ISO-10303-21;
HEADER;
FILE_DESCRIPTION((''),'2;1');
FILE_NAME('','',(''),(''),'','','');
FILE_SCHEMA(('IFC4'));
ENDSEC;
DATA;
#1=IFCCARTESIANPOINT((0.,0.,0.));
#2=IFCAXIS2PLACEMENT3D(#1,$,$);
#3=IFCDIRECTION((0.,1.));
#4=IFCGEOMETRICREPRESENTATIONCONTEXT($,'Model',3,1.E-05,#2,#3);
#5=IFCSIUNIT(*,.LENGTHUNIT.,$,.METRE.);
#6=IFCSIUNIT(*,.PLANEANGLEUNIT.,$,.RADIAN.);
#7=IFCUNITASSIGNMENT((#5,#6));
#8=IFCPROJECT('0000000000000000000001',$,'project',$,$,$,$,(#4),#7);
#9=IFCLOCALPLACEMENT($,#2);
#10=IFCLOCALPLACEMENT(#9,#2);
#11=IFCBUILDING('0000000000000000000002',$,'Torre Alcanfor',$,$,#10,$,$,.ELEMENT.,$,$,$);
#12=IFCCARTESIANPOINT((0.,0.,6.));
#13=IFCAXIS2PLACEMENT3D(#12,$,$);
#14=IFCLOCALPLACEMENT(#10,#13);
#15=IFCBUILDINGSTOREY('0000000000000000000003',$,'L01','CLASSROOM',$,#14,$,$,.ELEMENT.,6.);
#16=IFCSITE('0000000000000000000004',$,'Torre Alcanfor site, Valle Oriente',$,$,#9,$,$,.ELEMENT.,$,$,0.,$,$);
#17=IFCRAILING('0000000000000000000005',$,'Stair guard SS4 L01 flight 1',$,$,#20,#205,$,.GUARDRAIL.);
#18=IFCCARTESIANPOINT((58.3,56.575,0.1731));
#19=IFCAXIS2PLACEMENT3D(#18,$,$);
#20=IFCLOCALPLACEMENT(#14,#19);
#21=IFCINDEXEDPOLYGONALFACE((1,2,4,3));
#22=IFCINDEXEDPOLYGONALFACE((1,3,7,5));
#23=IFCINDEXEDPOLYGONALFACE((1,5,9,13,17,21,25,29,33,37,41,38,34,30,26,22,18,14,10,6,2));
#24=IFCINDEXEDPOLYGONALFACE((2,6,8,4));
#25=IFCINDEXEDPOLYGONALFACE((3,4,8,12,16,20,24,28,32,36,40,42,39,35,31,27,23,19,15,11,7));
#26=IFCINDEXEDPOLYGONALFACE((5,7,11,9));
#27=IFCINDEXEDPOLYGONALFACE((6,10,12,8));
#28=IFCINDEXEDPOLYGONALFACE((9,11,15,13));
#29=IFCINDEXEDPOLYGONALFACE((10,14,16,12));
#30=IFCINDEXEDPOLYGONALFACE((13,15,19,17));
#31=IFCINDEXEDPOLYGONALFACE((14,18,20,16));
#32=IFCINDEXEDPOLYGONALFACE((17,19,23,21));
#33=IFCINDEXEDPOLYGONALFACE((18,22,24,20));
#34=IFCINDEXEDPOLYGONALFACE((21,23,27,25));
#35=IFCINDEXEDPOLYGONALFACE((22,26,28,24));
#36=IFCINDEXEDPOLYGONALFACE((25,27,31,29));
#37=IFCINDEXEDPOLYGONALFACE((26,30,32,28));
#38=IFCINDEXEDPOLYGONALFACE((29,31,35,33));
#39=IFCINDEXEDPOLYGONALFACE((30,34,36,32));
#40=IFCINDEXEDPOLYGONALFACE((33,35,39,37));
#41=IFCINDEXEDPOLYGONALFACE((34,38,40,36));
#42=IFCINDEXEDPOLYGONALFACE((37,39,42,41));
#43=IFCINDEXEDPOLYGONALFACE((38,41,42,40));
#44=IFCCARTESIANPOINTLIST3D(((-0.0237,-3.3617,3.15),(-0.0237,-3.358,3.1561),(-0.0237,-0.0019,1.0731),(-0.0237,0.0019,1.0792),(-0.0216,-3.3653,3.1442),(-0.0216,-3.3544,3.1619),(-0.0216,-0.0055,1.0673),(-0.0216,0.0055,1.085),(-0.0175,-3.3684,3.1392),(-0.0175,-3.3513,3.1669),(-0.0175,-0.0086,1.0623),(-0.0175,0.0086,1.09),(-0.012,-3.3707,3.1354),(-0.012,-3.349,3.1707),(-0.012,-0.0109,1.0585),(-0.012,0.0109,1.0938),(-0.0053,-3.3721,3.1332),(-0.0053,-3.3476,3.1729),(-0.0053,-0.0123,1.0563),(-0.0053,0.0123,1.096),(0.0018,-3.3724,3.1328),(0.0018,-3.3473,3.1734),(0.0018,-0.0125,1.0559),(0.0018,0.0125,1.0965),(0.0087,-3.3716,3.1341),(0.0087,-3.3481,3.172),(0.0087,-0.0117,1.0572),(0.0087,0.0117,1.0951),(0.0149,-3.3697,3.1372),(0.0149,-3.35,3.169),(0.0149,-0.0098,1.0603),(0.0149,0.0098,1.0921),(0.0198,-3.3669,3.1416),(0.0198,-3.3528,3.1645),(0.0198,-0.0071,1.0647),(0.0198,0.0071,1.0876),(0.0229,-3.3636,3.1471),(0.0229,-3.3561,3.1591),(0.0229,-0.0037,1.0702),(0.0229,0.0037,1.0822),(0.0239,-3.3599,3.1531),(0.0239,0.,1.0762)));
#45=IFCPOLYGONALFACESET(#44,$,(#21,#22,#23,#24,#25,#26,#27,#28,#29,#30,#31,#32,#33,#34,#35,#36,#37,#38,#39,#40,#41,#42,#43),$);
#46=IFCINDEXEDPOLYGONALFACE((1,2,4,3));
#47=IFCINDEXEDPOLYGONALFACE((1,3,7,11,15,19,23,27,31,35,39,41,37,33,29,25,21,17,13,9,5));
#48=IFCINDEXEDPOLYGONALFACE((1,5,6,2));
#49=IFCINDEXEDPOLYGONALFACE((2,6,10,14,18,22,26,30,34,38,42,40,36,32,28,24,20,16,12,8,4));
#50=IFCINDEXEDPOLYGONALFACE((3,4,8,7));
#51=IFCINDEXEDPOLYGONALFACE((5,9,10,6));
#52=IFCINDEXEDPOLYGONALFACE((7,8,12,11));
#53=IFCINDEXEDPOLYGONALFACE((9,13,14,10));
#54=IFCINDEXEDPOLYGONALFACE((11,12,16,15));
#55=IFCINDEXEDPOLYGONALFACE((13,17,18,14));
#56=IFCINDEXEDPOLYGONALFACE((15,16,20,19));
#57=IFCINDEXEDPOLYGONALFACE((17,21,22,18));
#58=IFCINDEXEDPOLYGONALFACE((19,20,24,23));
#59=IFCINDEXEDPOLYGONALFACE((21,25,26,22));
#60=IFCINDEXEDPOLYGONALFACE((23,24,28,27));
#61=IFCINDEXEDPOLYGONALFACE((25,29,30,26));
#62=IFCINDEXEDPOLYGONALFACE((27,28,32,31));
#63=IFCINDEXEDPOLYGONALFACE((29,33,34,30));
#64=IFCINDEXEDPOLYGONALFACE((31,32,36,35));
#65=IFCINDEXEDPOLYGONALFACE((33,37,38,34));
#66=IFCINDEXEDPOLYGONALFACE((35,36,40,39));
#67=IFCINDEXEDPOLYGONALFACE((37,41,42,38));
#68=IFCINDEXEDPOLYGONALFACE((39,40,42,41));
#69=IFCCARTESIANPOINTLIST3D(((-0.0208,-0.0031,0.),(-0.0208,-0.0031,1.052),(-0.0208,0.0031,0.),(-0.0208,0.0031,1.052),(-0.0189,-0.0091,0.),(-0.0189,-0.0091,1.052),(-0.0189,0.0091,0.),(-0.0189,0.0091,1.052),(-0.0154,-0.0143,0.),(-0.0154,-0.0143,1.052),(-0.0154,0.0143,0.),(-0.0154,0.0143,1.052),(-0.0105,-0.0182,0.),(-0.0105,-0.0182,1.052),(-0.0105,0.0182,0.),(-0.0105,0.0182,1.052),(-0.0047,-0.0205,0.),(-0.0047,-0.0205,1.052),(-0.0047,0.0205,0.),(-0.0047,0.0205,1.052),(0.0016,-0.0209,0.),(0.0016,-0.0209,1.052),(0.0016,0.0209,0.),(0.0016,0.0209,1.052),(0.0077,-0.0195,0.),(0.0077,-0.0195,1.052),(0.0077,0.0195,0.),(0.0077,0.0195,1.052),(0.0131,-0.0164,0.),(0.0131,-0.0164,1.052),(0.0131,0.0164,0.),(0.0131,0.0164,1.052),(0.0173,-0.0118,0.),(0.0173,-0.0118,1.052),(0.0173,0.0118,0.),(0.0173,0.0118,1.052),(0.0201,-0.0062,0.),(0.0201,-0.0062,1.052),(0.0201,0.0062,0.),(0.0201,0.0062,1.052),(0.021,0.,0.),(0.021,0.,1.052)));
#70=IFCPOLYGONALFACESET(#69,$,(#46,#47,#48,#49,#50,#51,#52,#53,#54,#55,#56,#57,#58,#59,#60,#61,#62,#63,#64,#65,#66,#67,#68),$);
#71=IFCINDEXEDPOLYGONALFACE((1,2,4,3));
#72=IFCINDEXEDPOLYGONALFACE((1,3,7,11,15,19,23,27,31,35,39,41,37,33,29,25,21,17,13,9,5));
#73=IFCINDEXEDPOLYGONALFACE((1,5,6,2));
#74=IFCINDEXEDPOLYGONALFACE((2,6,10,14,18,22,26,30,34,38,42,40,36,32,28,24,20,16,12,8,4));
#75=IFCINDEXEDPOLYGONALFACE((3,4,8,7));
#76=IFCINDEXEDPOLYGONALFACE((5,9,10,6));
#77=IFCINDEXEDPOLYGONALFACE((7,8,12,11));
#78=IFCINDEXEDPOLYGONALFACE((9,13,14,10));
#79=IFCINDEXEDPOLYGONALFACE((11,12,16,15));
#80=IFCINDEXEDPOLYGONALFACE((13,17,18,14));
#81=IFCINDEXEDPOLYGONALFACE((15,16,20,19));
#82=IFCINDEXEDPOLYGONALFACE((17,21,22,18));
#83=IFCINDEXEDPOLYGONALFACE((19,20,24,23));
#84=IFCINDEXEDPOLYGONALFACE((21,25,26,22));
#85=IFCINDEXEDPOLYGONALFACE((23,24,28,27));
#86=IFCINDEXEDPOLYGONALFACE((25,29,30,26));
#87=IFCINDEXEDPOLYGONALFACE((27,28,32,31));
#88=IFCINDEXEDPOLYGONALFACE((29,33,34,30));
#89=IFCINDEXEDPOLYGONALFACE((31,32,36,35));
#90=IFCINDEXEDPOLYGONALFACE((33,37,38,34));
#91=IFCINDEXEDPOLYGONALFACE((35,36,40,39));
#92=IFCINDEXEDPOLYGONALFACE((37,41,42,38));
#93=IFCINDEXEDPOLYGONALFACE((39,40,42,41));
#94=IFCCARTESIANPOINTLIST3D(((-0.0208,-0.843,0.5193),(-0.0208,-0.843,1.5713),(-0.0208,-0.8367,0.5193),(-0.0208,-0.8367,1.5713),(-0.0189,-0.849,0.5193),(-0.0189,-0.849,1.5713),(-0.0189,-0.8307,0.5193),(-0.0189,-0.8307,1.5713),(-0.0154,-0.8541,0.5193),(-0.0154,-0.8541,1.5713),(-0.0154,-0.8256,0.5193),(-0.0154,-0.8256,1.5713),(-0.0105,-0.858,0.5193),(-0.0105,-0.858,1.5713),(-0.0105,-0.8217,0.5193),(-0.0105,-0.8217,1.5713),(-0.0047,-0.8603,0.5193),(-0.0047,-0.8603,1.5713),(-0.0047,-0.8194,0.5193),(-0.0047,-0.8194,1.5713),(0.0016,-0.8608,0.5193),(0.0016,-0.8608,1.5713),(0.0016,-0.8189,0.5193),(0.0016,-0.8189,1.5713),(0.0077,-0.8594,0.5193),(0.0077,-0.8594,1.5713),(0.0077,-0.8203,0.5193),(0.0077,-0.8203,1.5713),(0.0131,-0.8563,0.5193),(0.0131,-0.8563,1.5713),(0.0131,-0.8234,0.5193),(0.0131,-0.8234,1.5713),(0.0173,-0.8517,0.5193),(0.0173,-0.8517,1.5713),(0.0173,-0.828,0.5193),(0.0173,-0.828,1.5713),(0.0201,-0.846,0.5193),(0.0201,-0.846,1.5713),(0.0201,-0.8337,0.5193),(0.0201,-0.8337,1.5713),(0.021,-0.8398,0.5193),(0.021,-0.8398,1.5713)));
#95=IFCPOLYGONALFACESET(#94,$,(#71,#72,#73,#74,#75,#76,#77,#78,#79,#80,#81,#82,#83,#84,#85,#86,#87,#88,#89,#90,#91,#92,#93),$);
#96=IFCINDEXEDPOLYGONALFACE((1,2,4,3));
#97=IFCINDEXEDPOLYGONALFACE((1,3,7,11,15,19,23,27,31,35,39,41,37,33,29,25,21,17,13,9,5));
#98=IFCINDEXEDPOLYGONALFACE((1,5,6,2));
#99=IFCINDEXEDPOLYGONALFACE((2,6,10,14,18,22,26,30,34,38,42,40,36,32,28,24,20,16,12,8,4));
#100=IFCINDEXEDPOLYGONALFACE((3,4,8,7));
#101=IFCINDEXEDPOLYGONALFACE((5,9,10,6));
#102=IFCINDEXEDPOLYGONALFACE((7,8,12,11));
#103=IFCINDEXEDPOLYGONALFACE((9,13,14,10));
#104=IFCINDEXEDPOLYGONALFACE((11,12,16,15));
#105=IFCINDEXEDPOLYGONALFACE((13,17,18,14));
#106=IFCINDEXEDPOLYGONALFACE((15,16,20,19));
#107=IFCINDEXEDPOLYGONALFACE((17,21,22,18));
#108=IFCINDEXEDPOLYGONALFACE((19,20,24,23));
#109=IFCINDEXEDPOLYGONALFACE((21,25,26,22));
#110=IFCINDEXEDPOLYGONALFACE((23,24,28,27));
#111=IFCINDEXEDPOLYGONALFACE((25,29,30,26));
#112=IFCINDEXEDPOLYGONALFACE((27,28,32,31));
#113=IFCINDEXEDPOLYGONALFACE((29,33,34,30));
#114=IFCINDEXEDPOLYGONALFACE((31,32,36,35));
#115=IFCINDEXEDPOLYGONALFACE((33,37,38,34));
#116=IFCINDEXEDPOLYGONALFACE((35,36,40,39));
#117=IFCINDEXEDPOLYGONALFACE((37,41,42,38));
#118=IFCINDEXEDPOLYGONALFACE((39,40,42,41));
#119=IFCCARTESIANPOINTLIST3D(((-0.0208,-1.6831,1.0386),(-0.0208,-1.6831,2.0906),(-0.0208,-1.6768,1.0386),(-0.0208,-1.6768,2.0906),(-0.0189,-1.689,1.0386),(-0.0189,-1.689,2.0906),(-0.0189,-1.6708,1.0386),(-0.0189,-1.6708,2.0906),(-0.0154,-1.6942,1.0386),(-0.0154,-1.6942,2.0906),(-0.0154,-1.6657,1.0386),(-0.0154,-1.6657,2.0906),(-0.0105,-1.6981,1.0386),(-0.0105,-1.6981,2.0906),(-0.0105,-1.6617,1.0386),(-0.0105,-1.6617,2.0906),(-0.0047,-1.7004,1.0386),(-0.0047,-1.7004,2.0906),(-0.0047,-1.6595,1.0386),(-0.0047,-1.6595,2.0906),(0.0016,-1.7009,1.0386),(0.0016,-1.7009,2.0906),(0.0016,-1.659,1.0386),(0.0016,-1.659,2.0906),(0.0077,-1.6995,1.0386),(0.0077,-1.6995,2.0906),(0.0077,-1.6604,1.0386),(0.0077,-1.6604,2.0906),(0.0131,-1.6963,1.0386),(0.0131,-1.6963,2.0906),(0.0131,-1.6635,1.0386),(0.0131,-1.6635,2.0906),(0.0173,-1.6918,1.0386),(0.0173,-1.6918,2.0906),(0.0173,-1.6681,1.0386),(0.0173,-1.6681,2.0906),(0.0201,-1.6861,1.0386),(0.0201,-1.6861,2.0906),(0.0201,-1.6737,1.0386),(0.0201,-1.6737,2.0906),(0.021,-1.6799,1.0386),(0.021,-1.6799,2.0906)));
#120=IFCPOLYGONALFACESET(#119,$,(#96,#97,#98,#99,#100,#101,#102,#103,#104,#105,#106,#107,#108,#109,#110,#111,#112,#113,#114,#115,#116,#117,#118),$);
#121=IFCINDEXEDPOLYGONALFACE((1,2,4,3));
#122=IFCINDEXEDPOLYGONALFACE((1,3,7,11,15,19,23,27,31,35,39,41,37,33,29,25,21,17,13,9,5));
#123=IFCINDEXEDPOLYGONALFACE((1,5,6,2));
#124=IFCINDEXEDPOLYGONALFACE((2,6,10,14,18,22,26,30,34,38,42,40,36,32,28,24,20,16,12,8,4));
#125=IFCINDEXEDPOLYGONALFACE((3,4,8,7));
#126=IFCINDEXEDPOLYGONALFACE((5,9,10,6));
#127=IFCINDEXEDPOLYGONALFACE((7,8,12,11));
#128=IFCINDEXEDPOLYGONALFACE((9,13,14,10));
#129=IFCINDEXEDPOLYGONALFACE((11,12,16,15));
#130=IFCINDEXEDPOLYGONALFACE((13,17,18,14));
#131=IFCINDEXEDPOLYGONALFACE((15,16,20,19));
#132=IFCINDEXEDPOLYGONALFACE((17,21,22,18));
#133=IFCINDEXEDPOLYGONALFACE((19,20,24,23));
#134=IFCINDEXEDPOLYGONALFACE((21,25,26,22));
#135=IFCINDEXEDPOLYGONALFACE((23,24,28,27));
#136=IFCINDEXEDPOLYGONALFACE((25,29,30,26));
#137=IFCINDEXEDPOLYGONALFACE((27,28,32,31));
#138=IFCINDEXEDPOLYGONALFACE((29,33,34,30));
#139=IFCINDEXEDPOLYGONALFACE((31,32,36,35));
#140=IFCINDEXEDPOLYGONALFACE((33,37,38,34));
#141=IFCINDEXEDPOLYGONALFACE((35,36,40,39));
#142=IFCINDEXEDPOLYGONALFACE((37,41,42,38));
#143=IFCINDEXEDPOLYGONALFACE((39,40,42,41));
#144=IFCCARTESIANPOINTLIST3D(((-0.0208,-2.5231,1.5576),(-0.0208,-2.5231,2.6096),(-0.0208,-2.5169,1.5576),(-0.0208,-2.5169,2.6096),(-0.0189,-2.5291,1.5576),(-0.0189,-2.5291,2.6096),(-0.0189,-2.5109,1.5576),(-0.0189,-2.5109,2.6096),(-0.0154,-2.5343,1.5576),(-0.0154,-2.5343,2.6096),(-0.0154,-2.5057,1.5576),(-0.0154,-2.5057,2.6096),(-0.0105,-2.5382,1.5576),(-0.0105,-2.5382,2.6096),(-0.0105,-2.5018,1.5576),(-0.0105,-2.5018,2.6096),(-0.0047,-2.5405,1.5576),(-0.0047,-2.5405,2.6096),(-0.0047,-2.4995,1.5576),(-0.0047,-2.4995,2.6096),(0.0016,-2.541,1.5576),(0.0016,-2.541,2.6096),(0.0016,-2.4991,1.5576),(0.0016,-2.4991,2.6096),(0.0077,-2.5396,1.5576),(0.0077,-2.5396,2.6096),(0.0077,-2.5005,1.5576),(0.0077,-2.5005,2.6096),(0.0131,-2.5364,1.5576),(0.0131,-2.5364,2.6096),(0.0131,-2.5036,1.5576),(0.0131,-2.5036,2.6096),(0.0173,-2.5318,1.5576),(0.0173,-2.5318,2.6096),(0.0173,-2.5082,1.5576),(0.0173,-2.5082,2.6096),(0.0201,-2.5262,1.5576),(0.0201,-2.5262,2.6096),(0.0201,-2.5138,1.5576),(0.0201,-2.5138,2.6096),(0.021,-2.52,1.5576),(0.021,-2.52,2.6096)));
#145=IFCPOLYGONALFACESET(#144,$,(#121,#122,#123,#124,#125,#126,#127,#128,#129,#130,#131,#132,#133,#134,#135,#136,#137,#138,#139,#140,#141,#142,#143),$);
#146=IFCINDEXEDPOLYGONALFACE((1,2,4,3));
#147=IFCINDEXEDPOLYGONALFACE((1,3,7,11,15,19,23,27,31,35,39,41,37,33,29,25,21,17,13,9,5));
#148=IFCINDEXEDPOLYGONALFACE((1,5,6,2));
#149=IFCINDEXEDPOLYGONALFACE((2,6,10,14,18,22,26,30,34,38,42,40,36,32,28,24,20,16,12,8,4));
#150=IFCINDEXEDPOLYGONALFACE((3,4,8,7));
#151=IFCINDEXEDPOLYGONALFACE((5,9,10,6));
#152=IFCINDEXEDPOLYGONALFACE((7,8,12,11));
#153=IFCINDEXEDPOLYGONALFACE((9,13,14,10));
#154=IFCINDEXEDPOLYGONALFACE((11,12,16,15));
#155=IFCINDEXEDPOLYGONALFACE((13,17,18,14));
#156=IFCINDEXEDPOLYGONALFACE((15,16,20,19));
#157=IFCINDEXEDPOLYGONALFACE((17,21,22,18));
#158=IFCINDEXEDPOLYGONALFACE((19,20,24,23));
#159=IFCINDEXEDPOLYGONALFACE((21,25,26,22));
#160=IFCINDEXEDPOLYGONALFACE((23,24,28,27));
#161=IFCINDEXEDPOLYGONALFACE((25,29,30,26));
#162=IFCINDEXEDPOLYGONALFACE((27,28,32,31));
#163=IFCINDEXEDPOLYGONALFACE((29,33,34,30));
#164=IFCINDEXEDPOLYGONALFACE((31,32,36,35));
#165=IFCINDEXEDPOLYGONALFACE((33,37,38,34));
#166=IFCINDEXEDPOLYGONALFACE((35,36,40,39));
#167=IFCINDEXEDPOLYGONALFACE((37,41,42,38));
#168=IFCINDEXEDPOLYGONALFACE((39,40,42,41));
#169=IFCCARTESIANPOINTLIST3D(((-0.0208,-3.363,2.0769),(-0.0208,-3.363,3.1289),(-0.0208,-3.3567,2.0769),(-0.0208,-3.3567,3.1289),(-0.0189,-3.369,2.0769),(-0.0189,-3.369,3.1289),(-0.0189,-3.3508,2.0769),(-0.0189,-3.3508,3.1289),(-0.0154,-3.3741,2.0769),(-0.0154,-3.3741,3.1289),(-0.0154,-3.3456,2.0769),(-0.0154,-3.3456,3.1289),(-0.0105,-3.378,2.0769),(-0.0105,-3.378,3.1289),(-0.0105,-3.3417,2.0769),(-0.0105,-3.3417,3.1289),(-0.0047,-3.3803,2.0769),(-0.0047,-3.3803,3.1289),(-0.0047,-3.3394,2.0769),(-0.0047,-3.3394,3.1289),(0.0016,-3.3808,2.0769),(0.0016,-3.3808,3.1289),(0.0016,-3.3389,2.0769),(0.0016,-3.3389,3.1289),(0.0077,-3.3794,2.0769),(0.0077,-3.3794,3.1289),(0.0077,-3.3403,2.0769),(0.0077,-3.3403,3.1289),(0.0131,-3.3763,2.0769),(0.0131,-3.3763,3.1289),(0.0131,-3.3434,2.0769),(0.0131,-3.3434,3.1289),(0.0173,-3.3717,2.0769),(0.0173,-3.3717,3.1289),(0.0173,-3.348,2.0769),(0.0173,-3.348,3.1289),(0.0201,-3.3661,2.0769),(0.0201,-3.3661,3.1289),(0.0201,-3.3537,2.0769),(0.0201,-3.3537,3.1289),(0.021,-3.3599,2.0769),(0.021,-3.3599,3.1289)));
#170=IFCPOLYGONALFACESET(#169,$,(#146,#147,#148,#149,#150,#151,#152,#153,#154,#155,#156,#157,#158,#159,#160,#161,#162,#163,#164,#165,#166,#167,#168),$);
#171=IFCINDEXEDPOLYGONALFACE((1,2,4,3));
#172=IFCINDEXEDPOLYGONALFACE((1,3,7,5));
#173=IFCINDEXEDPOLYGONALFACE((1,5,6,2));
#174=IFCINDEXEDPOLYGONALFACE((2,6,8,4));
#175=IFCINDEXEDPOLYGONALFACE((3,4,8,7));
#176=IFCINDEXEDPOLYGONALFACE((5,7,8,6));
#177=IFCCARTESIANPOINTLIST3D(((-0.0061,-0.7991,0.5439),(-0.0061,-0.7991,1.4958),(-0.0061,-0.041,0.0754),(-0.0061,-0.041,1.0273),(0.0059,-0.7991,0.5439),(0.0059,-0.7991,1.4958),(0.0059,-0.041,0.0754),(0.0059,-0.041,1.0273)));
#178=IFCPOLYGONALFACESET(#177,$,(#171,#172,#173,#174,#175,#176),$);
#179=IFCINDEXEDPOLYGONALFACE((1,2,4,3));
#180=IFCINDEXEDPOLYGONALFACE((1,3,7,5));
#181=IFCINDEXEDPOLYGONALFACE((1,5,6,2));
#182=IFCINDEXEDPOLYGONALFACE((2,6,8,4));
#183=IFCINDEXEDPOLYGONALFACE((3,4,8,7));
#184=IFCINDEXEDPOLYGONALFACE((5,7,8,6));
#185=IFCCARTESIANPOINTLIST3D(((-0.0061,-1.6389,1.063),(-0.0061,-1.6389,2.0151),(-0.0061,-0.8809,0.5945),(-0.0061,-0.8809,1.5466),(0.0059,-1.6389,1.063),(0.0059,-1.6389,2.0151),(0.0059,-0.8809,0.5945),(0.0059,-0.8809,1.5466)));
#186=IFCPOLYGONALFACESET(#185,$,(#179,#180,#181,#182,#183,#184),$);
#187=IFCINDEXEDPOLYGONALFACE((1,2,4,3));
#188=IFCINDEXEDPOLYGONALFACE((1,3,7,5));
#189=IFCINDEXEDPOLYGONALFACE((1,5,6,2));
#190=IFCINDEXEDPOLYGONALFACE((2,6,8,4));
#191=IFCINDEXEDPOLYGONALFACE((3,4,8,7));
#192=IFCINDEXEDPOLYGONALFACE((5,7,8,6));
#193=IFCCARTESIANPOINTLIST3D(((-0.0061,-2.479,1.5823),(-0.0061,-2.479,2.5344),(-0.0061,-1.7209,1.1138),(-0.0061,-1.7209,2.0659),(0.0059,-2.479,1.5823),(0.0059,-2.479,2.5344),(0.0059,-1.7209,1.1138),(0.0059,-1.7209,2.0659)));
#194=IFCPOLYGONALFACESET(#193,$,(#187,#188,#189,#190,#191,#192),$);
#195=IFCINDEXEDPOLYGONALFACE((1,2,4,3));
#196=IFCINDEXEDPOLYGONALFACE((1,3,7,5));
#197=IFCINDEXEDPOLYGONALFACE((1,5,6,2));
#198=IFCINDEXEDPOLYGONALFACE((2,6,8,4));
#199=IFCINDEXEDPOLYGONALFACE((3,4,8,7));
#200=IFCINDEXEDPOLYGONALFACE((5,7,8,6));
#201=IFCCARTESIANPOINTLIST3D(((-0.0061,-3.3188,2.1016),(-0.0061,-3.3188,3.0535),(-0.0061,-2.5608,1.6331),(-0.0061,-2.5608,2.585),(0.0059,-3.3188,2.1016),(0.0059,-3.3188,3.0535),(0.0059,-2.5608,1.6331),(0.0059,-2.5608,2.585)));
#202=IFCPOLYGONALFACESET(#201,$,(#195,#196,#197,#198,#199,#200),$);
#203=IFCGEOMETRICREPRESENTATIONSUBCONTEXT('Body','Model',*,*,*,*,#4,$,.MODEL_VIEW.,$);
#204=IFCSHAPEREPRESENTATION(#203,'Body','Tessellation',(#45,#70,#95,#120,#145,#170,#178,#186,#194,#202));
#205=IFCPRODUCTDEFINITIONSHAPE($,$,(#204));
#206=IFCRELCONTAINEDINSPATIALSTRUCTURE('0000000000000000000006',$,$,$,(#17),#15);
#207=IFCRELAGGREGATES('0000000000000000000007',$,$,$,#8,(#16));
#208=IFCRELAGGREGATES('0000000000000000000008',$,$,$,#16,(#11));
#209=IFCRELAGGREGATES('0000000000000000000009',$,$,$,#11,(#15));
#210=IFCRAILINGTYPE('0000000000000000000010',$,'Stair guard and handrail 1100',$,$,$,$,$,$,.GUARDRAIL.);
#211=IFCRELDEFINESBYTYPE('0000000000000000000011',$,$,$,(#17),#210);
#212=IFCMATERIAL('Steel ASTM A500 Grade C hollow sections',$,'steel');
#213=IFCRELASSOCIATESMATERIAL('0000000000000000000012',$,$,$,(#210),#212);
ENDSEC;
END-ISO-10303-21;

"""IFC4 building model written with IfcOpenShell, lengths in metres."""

from ifc_helpers import new_model, si_unit, direction, frame, origin, origin_2d, place, context, subcontext, project, spatial, polyline, circle, outline, extrude, material, type_object, element, save


model = new_model("IFC4")

# Units and contexts
model_context = context("Model", 3, precision=1e-05, world=origin(), true_north=direction((0.0, 1.0)))
body_context = subcontext(model_context, "Body", "Model", "MODEL_VIEW")
ifc_project = project(units=[si_unit("LENGTHUNIT", "METRE"), si_unit("PLANEANGLEUNIT", "RADIAN")], contexts=[model_context])

# Site, building, storey
site_placement = place(None, origin())
site = spatial("IfcSite", under=ifc_project, at=site_placement, Name="Torre Alcanfor site, Valle Oriente", CompositionType="ELEMENT", RefElevation=0.0)
building_placement = place(site_placement, origin())
building = spatial("IfcBuilding", under=site, at=building_placement, Name="Torre Alcanfor", CompositionType="ELEMENT")
storey_placement = place(building_placement, frame((0.0, 0.0, 6.0)))
storey = spatial("IfcBuildingStorey", under=building, at=storey_placement, Name="L01", Description="CLASSROOM", CompositionType="ELEMENT", Elevation=6.0)

# Railing
ifc_material_1 = material(Name="Steel ASTM A500 Grade C hollow sections", Category="steel")
railing_type_1 = type_object("IfcRailingType", Name="Stair guard and handrail 1100", PredefinedType="GUARDRAIL", material=ifc_material_1)
railing_1_placement = place(storey_placement, frame((58.3, 56.575, 0.1731)))
element("IfcRailing", 1, at=railing_1_placement, inside=storey, type_object=railing_type_1, Name="Stair guard SS4 L01 flight 1", PredefinedType="GUARDRAIL", context=body_context, shape_type="SweptSolid", body=[
    extrude(circle(Radius=0.0239, at=origin_2d()), frame((0.0, 0.0, 1.0762), z_axis=(0.0, -0.850606, 0.525803), x_axis=(1.0, 0.0, 0.0)), (0.0, 0.0, 1.0), 3.95),
    extrude(circle(Radius=0.021, at=origin_2d()), origin(), (0.0, 0.0, 1.0), 1.052),
    extrude(circle(Radius=0.021, at=origin_2d()), frame((0.0, -0.8398, 0.5193)), (0.0, 0.0, 1.0), 1.052),
    extrude(circle(Radius=0.021, at=origin_2d()), frame((0.0, -1.6799, 1.0386)), (0.0, 0.0, 1.0), 1.052),
    extrude(circle(Radius=0.021, at=origin_2d()), frame((0.0, -2.52, 1.5576)), (0.0, 0.0, 1.0), 1.052),
    extrude(circle(Radius=0.021, at=origin_2d()), frame((0.0, -3.3599, 2.0769)), (0.0, 0.0, 1.0), 1.052),
    extrude(outline(polyline([(0.041, 0.0754), (0.7991, 0.5439), (0.7991, 1.4958), (0.041, 1.0273), (0.041, 0.0754)])), frame((0.0059, 0.0, 0.0), z_axis=(-1.0, 0.0, 0.0), x_axis=(0.0, -1.0, 0.0)), (0.0, 0.0, 1.0), 0.012),
    extrude(outline(polyline([(0.8809, 0.5945), (1.6389, 1.063), (1.6389, 2.0151), (0.8809, 1.5466), (0.8809, 0.5945)])), frame((0.0059, 0.0, 0.0), z_axis=(-1.0, 0.0, 0.0), x_axis=(0.0, -1.0, 0.0)), (0.0, 0.0, 1.0), 0.012),
    extrude(outline(polyline([(1.7209, 1.1138), (2.479, 1.5823), (2.479, 2.5344), (1.7209, 2.0659), (1.7209, 1.1138)])), frame((0.0059, 0.0, 0.0), z_axis=(-1.0, 0.0, 0.0), x_axis=(0.0, -1.0, 0.0)), (0.0, 0.0, 1.0), 0.012),
    extrude(outline(polyline([(2.5608, 1.6331), (3.3188, 2.1016), (3.3188, 3.0535), (2.5608, 2.585), (2.5608, 1.6331)])), frame((0.0059, 0.0, 0.0), z_axis=(-1.0, 0.0, 0.0), x_axis=(0.0, -1.0, 0.0)), (0.0, 0.0, 1.0), 0.012),
])

save(model, "model.ifc")
